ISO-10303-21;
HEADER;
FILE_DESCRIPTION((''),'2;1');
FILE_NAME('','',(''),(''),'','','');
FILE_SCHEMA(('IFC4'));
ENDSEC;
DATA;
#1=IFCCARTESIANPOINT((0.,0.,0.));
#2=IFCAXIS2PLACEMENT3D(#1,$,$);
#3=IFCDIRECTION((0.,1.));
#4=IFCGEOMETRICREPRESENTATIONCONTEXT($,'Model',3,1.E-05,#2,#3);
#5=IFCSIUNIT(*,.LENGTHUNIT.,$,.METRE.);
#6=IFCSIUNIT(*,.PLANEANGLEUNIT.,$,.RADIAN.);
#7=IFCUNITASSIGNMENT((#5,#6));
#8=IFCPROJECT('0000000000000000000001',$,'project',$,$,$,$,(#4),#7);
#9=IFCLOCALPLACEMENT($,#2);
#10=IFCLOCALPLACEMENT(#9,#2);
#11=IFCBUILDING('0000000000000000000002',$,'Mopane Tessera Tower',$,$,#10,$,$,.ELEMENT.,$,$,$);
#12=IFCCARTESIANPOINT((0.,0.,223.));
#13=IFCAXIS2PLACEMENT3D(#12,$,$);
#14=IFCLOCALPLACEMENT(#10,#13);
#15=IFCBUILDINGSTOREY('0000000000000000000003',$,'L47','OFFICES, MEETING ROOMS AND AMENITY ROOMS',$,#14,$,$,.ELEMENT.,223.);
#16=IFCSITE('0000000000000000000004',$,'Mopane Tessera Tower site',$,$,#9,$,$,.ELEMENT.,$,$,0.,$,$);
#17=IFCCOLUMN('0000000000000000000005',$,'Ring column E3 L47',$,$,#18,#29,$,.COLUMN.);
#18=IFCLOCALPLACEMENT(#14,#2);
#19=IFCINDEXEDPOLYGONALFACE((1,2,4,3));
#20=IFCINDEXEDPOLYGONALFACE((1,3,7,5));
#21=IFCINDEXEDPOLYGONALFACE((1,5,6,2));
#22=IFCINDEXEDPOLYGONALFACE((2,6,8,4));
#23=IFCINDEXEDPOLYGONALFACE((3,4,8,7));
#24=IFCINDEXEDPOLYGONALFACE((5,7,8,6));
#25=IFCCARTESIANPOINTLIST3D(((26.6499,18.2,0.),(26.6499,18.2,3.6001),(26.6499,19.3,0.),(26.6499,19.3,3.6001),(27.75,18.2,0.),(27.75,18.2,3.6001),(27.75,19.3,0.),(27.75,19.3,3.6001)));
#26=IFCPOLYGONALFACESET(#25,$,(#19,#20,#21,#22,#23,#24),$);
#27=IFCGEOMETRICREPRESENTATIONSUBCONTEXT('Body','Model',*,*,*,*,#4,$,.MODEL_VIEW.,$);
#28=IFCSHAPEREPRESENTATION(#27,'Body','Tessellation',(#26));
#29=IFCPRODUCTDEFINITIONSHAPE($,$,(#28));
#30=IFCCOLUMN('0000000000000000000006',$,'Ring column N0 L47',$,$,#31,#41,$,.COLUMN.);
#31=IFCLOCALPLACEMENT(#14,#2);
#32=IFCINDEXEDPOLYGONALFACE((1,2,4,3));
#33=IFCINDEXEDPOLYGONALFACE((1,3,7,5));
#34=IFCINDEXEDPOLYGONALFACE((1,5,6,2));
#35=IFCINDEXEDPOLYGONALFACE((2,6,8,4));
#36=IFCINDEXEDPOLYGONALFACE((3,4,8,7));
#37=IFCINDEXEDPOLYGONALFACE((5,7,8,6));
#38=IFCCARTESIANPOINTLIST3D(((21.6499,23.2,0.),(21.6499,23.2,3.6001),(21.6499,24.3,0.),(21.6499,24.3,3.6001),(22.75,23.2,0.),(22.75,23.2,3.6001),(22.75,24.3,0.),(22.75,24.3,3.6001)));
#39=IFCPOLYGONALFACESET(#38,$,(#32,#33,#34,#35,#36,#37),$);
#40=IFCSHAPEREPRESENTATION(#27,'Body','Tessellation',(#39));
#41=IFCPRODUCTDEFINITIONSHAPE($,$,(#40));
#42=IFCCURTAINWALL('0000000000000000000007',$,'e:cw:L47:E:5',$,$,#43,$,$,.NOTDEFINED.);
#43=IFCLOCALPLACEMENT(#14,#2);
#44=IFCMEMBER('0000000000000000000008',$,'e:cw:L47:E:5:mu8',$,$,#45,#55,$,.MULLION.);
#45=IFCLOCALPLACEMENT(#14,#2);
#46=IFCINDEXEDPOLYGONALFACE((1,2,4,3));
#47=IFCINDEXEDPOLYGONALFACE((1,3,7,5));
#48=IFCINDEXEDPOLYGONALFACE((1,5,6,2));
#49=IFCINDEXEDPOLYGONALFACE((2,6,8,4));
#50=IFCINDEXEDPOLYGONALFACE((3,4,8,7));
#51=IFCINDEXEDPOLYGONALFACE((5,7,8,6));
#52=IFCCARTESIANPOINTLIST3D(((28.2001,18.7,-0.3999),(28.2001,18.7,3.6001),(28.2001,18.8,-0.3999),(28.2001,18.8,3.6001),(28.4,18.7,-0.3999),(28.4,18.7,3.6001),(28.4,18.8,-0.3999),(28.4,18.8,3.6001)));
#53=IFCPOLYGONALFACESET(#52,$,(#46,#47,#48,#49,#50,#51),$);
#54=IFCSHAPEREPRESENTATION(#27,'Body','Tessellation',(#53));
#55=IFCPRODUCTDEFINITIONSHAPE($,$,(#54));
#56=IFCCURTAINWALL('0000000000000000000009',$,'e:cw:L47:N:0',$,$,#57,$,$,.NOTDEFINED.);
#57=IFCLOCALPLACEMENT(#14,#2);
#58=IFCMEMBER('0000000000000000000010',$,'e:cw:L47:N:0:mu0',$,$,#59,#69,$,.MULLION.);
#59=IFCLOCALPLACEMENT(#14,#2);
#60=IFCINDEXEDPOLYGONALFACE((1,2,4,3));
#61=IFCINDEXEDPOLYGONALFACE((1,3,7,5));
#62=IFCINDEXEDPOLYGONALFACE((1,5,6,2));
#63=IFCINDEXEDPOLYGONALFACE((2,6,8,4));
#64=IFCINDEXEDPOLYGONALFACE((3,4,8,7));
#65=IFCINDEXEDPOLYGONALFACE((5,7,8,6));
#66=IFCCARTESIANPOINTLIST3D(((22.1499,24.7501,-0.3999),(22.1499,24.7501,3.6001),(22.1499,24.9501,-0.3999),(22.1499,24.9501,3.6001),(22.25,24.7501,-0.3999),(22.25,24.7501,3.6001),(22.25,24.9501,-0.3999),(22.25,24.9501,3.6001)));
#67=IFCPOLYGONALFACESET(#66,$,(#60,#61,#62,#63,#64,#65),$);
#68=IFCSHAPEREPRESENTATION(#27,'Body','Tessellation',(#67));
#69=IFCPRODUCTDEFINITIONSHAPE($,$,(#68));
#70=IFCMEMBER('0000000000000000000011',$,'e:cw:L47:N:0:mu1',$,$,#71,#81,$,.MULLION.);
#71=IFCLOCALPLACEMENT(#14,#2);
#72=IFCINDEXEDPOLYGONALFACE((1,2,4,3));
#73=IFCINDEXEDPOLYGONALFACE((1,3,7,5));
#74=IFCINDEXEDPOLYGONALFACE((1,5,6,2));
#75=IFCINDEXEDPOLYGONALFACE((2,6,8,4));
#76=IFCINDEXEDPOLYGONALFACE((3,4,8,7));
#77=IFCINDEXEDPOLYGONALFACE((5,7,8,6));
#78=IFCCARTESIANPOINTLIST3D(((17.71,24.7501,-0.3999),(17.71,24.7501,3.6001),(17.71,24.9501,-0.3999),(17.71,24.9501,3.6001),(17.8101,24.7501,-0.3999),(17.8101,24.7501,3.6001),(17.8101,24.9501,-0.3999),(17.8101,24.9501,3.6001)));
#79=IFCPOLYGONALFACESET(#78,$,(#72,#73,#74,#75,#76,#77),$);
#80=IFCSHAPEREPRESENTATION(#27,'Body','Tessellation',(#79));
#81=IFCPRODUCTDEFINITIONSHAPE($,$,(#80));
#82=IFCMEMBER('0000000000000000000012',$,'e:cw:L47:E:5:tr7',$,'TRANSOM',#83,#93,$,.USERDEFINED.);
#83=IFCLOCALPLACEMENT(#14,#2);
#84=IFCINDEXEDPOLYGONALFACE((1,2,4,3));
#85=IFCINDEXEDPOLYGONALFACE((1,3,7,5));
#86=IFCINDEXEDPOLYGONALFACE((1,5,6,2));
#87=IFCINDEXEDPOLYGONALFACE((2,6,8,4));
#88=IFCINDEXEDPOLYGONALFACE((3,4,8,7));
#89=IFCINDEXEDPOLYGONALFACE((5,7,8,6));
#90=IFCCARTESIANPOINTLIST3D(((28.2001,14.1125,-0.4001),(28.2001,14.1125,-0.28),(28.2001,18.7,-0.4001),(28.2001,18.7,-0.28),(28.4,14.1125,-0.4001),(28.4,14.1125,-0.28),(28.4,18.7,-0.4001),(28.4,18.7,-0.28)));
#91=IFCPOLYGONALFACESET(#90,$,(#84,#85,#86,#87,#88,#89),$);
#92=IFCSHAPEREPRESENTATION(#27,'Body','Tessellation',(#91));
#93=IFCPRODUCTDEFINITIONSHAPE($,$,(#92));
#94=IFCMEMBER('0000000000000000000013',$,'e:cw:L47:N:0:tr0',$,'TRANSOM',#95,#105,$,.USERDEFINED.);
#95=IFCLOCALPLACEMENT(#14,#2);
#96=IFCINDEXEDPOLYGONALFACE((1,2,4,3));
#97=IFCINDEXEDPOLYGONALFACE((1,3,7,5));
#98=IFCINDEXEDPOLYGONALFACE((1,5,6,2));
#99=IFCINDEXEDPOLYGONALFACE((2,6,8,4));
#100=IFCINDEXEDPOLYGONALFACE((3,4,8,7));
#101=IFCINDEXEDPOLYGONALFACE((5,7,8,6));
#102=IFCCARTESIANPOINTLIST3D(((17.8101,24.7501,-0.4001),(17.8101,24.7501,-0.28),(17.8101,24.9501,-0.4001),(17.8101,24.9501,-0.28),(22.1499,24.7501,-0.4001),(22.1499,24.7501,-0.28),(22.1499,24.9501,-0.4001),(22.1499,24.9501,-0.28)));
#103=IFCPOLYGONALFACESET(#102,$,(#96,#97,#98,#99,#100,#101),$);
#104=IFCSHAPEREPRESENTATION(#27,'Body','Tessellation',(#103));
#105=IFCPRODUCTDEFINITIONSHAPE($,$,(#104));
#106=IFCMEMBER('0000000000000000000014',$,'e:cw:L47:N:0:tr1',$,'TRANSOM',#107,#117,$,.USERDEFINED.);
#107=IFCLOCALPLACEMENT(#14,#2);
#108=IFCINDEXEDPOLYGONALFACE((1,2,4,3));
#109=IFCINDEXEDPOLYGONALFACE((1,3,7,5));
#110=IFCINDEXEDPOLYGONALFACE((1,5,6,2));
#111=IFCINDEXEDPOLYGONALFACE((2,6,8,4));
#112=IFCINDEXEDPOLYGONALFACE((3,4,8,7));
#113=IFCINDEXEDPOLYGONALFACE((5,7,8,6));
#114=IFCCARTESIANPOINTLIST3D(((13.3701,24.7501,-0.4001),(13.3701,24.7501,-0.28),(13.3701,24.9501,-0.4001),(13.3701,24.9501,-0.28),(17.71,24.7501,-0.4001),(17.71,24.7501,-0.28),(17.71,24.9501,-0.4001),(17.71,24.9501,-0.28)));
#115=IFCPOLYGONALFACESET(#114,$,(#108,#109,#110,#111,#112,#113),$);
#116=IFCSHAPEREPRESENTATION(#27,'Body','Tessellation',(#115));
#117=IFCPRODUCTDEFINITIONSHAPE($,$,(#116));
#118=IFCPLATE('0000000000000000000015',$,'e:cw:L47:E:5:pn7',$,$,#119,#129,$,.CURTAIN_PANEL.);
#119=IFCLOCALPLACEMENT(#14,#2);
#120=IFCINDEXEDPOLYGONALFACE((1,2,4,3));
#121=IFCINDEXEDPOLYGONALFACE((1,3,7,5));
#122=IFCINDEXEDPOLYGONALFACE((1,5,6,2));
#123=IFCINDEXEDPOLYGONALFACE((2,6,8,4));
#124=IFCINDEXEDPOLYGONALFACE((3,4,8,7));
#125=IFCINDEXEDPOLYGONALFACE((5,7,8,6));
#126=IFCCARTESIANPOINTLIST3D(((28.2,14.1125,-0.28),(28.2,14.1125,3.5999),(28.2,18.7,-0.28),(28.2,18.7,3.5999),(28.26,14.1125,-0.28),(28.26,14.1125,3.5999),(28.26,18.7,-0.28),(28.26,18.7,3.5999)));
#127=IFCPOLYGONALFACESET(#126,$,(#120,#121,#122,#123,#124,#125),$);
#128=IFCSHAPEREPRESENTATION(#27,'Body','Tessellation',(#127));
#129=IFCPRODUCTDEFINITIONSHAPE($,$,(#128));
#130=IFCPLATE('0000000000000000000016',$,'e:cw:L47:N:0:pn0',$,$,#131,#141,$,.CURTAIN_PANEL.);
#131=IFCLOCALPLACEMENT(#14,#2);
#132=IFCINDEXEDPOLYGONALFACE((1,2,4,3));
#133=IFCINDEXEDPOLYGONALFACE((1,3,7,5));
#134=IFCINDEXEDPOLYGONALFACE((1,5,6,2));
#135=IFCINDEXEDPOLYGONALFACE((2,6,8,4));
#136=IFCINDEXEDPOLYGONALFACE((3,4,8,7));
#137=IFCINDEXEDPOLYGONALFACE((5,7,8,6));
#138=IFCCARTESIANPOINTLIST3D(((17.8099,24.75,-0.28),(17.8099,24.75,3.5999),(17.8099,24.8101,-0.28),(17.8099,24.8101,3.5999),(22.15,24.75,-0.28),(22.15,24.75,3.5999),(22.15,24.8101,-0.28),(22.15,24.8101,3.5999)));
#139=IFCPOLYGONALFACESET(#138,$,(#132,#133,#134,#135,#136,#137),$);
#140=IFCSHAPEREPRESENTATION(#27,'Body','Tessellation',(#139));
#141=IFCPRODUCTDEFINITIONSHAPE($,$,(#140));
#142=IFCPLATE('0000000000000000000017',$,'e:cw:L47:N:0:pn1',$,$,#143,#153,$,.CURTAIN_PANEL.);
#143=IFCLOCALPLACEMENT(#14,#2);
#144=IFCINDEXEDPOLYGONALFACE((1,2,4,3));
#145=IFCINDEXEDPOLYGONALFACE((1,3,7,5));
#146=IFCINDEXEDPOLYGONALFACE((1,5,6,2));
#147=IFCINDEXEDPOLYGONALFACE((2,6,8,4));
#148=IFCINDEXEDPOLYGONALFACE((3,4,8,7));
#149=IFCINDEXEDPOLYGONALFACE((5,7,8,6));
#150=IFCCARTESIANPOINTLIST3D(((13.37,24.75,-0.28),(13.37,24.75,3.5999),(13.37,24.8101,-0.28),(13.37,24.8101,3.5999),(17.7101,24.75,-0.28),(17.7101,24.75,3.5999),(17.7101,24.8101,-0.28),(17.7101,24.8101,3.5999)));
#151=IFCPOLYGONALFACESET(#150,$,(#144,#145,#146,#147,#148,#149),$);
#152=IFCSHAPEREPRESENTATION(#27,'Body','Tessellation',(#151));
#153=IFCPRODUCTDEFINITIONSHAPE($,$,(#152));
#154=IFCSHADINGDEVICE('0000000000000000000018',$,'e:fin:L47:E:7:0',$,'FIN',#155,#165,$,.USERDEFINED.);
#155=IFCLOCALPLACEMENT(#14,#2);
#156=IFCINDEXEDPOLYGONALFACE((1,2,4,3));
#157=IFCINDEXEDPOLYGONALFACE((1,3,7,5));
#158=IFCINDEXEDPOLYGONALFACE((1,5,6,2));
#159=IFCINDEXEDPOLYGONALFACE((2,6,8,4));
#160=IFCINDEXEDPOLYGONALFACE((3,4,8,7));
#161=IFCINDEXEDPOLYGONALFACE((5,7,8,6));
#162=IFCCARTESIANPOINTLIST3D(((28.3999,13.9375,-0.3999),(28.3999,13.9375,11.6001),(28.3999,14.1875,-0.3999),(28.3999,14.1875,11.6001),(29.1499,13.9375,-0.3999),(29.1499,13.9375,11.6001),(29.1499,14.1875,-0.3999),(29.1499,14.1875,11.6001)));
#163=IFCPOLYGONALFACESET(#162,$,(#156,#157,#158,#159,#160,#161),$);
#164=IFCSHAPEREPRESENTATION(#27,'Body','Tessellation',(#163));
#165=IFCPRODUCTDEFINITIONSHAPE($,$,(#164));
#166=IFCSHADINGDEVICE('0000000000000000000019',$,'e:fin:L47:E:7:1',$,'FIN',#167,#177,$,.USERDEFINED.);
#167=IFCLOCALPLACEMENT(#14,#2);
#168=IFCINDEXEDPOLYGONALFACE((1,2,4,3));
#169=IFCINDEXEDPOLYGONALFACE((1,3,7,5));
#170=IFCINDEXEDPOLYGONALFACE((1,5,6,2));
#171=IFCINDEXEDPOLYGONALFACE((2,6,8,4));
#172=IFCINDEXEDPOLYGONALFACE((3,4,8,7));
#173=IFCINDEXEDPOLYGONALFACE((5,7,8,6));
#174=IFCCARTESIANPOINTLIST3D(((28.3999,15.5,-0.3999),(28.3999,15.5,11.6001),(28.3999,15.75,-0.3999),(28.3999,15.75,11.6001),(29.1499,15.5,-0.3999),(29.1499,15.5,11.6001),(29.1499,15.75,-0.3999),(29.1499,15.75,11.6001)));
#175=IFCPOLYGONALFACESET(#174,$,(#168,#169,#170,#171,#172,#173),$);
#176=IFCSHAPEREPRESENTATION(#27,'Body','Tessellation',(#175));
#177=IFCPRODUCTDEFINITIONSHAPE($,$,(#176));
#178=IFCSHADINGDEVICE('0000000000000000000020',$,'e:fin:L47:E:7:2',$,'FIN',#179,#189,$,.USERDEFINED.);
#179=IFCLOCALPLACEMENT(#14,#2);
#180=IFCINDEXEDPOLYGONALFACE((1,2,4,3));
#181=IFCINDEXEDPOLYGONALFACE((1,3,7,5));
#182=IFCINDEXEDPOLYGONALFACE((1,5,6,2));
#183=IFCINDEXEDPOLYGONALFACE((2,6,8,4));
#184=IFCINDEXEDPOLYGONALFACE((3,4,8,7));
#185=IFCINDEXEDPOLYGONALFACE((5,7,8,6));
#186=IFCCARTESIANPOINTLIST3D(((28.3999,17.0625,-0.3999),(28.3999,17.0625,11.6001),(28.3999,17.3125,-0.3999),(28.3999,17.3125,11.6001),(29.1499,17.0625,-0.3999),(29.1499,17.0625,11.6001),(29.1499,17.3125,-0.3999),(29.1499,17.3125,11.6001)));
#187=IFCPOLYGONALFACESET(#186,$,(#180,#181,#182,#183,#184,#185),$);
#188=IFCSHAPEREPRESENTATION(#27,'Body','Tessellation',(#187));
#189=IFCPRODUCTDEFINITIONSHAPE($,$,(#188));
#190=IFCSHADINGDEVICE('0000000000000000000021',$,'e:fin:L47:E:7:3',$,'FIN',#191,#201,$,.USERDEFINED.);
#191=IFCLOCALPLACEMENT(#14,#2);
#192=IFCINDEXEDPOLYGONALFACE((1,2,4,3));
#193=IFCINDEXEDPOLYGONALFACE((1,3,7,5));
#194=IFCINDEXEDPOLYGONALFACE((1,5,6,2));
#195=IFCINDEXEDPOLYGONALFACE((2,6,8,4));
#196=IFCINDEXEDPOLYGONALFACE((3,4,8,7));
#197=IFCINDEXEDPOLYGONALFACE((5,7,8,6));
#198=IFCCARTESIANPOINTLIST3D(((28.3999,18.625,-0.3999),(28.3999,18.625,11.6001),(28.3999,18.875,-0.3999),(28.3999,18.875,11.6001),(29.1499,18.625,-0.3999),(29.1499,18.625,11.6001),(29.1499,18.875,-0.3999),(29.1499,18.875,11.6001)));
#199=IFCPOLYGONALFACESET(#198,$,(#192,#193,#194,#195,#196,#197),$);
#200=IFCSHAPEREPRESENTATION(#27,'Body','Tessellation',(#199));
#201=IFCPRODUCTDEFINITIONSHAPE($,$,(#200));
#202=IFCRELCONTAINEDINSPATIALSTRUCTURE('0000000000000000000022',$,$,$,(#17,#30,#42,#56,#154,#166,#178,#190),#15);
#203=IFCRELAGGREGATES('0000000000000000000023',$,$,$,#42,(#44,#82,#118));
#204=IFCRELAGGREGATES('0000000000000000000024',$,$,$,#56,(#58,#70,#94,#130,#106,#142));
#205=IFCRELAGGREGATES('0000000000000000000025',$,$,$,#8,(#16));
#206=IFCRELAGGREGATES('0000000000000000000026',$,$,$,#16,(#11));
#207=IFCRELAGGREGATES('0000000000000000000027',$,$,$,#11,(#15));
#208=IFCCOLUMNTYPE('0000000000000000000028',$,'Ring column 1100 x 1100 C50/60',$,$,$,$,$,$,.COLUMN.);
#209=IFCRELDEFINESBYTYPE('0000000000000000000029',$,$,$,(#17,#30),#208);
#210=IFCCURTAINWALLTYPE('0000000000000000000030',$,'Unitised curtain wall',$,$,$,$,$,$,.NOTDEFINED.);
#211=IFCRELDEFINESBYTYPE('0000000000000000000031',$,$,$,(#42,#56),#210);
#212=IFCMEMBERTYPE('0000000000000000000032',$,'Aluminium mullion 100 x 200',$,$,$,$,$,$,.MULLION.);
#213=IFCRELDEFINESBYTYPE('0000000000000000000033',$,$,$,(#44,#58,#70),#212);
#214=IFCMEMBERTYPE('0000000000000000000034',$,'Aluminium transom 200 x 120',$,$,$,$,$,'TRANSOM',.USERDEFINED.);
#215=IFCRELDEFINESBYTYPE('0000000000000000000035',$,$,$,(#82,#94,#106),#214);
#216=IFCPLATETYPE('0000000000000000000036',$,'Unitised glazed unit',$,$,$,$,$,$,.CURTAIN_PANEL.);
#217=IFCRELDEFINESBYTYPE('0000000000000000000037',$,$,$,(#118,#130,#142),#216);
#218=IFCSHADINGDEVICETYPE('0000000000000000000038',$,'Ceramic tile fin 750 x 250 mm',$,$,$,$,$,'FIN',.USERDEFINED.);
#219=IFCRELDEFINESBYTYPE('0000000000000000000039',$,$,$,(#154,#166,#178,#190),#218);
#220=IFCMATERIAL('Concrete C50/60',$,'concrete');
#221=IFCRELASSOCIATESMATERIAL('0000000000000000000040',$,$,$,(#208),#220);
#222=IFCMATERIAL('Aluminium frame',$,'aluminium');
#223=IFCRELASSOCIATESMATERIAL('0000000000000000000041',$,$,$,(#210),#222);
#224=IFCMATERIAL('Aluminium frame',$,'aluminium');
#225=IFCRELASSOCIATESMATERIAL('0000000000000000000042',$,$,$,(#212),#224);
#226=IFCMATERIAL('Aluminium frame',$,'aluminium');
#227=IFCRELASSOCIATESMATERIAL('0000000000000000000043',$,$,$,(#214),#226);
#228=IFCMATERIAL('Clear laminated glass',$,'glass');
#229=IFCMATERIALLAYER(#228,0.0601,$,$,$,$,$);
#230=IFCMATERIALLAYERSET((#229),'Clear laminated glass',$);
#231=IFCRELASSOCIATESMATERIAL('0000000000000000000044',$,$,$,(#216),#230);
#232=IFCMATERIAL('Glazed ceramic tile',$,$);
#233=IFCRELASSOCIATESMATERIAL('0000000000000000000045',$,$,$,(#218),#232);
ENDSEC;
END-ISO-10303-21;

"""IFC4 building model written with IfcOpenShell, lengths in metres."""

from ifc_helpers import new_model, si_unit, direction, frame, origin, origin_2d, place, context, subcontext, project, spatial, rectangle, extrude, material, layer, layer_set, material_profile, profile_set, type_object, element, aggregate, save


model = new_model("IFC4")

# Units and contexts
model_context = context("Model", 3, precision=1e-05, world=origin(), true_north=direction((0.0, 1.0)))
body_context = subcontext(model_context, "Body", "Model", "MODEL_VIEW")
ifc_project = project(units=[si_unit("LENGTHUNIT", "METRE"), si_unit("PLANEANGLEUNIT", "RADIAN")], contexts=[model_context])

# Site, building, storey
site_placement = place(None, origin())
site = spatial("IfcSite", under=ifc_project, at=site_placement, Name="Mopane Tessera Tower site", CompositionType="ELEMENT", RefElevation=0.0)
building_placement = place(site_placement, origin())
building = spatial("IfcBuilding", under=site, at=building_placement, Name="Mopane Tessera Tower", CompositionType="ELEMENT")
storey_placement = place(building_placement, frame((0.0, 0.0, 223.0)))
storey = spatial("IfcBuildingStorey", under=building, at=storey_placement, Name="L47", Description="OFFICES, MEETING ROOMS AND AMENITY ROOMS", CompositionType="ELEMENT", Elevation=223.0)

# Columns
ifc_material_1 = material(Name="Concrete C50/60", Category="concrete")
ifc_material_profile_1 = material_profile(ifc_material_1, rectangle(XDim=1.1001, YDim=1.1001, at=origin_2d()))
ifc_profile_set_1 = profile_set([ifc_material_profile_1], Name="Concrete C50/60")
column_type = type_object("IfcColumnType", Name="Ring column 1100 x 1100 C50/60", PredefinedType="COLUMN", material=ifc_profile_set_1)
for number, where, z_axis, x_axis, name in (
    (1, (27.2, 18.75, 0.0), (0.0, 0.0, 1.0), (1.0, 0.0, 0.0), "Ring column E3 L47"),
    (2, (22.2, 23.75, 0.0), (0.0, 0.0, 1.0), (1.0, 0.0, 0.0), "Ring column N0 L47"),
):
    element("IfcColumn", number, at=place(storey_placement, frame(where, z_axis=z_axis, x_axis=x_axis)), inside=storey, type_object=column_type, Name=name, PredefinedType="COLUMN", context=body_context, shape_type="SweptSolid", body=[
        extrude(rectangle(XDim=1.1001, YDim=1.1001, at=origin_2d()), origin(), (0.0, 0.0, 1.0), 3.6001),
    ])

# Curtain wall, member
ifc_material_2 = material(Name="Aluminium frame", Category="aluminium")
curtain_wall_type = type_object("IfcCurtainWallType", Name="Unitised curtain wall", PredefinedType="NOTDEFINED", material=ifc_material_2)
curtain_wall_1_placement = place(storey_placement, origin())
curtain_wall_1 = element("IfcCurtainWall", 3, at=curtain_wall_1_placement, inside=storey, type_object=curtain_wall_type, Name="e:cw:L47:E:5", PredefinedType="NOTDEFINED")
ifc_material_3 = material(Name="Aluminium frame", Category="aluminium")
ifc_material_profile_2 = material_profile(ifc_material_3, rectangle(XDim=0.1001, YDim=0.2, at=origin_2d()))
ifc_profile_set_2 = profile_set([ifc_material_profile_2], Name="Aluminium frame")
member_type_1 = type_object("IfcMemberType", Name="Aluminium mullion 100 x 200", PredefinedType="MULLION", material=ifc_profile_set_2)
member_1_placement = place(storey_placement, frame((28.3, 18.75, -0.3999), z_axis=(0.0, 0.0, 1.0), x_axis=(0.0, 1.0, 0.0)))
member_1 = element("IfcMember", 4, at=member_1_placement, type_object=member_type_1, Name="e:cw:L47:E:5:mu8", PredefinedType="MULLION", context=body_context, shape_type="SweptSolid", body=[
    extrude(rectangle(XDim=0.1001, YDim=0.2, at=origin_2d()), origin(), (0.0, 0.0, 1.0), 4.0),
])

# Curtain wall, members
curtain_wall_2_placement = place(storey_placement, origin())
curtain_wall_2 = element("IfcCurtainWall", 5, at=curtain_wall_2_placement, inside=storey, type_object=curtain_wall_type, Name="e:cw:L47:N:0", PredefinedType="NOTDEFINED")
member_2_placement = place(storey_placement, frame((22.2, 24.8501, -0.3999), z_axis=(0.0, 0.0, 1.0), x_axis=(-1.0, 0.0, 0.0)))
member_2 = element("IfcMember", 6, at=member_2_placement, type_object=member_type_1, Name="e:cw:L47:N:0:mu0", PredefinedType="MULLION", context=body_context, shape_type="SweptSolid", body=[
    extrude(rectangle(XDim=0.1001, YDim=0.2, at=origin_2d()), origin(), (0.0, 0.0, 1.0), 4.0),
])
member_3_placement = place(storey_placement, frame((17.76, 24.8501, -0.3999), z_axis=(0.0, 0.0, 1.0), x_axis=(-1.0, 0.0, 0.0)))
member_3 = element("IfcMember", 7, at=member_3_placement, type_object=member_type_1, Name="e:cw:L47:N:0:mu1", PredefinedType="MULLION", context=body_context, shape_type="SweptSolid", body=[
    extrude(rectangle(XDim=0.1001, YDim=0.2, at=origin_2d()), origin(), (0.0, 0.0, 1.0), 4.0),
])

# Members
ifc_material_4 = material(Name="Aluminium frame", Category="aluminium")
ifc_material_profile_3 = material_profile(ifc_material_4, rectangle(XDim=0.2, YDim=0.1201, at=origin_2d()))
ifc_profile_set_3 = profile_set([ifc_material_profile_3], Name="Aluminium frame")
member_type_2 = type_object("IfcMemberType", Name="Aluminium transom 200 x 120", ElementType="TRANSOM", PredefinedType="USERDEFINED", material=ifc_profile_set_3)
member_4_placement = place(storey_placement, frame((28.3, 14.1125, -0.3401), z_axis=(0.0, 1.0, 0.0), x_axis=(-1.0, 0.0, 0.0)))
member_4 = element("IfcMember", 8, at=member_4_placement, type_object=member_type_2, Name="e:cw:L47:E:5:tr7", ObjectType="TRANSOM", PredefinedType="USERDEFINED", context=body_context, shape_type="SweptSolid", body=[
    extrude(rectangle(XDim=0.2, YDim=0.1201, at=origin_2d()), origin(), (0.0, 0.0, 1.0), 4.5874),
])
member_5_placement = place(storey_placement, frame((22.1499, 24.8501, -0.3401), z_axis=(-1.0, 0.0, 0.0), x_axis=(0.0, -1.0, 0.0)))
member_5 = element("IfcMember", 9, at=member_5_placement, type_object=member_type_2, Name="e:cw:L47:N:0:tr0", ObjectType="TRANSOM", PredefinedType="USERDEFINED", context=body_context, shape_type="SweptSolid", body=[
    extrude(rectangle(XDim=0.2, YDim=0.1201, at=origin_2d()), origin(), (0.0, 0.0, 1.0), 4.3398),
])
member_6_placement = place(storey_placement, frame((17.71, 24.8501, -0.3401), z_axis=(-1.0, 0.0, 0.0), x_axis=(0.0, -1.0, 0.0)))
member_6 = element("IfcMember", 10, at=member_6_placement, type_object=member_type_2, Name="e:cw:L47:N:0:tr1", ObjectType="TRANSOM", PredefinedType="USERDEFINED", context=body_context, shape_type="SweptSolid", body=[
    extrude(rectangle(XDim=0.2, YDim=0.1201, at=origin_2d()), origin(), (0.0, 0.0, 1.0), 4.3398),
])

# Plates
ifc_material_5 = material(Name="Clear laminated glass", Category="glass")
ifc_layer = layer(ifc_material_5, 0.0601)
ifc_layer_set = layer_set([ifc_layer], Name="Clear laminated glass")
plate_type = type_object("IfcPlateType", Name="Unitised glazed unit", PredefinedType="CURTAIN_PANEL", material=ifc_layer_set)
plate_1_placement = place(storey_placement, frame((28.23, 16.4062, -0.28), z_axis=(0.0, 0.0, 1.0), x_axis=(0.0, 1.0, 0.0)))
plate_1 = element("IfcPlate", 11, at=plate_1_placement, type_object=plate_type, Name="e:cw:L47:E:5:pn7", PredefinedType="CURTAIN_PANEL", context=body_context, shape_type="SweptSolid", body=[
    extrude(rectangle(XDim=4.5874, YDim=0.0601, at=origin_2d()), origin(), (0.0, 0.0, 1.0), 3.8799),
])
aggregate(curtain_wall_1, [member_1, member_4, plate_1])
plate_2_placement = place(storey_placement, frame((19.98, 24.78, -0.28), z_axis=(0.0, 0.0, 1.0), x_axis=(-1.0, 0.0, 0.0)))
plate_2 = element("IfcPlate", 12, at=plate_2_placement, type_object=plate_type, Name="e:cw:L47:N:0:pn0", PredefinedType="CURTAIN_PANEL", context=body_context, shape_type="SweptSolid", body=[
    extrude(rectangle(XDim=4.3401, YDim=0.0601, at=origin_2d()), origin(), (0.0, 0.0, 1.0), 3.8799),
])
plate_3_placement = place(storey_placement, frame((15.54, 24.78, -0.28), z_axis=(0.0, 0.0, 1.0), x_axis=(-1.0, 0.0, 0.0)))
plate_3 = element("IfcPlate", 13, at=plate_3_placement, type_object=plate_type, Name="e:cw:L47:N:0:pn1", PredefinedType="CURTAIN_PANEL", context=body_context, shape_type="SweptSolid", body=[
    extrude(rectangle(XDim=4.3401, YDim=0.0601, at=origin_2d()), origin(), (0.0, 0.0, 1.0), 3.8799),
])
aggregate(curtain_wall_2, [member_2, member_3, member_5, plate_2, member_6, plate_3])

# Shading devices
ifc_material_6 = material(Name="Glazed ceramic tile")
shading_device_type = type_object("IfcShadingDeviceType", Name="Ceramic tile fin 750 x 250 mm", ElementType="FIN", PredefinedType="USERDEFINED", material=ifc_material_6)
for number, where, z_axis, x_axis, name in (
    (14, (28.7749, 14.0625, -0.3999), (0.0, 0.0, 1.0), (0.0, 1.0, 0.0), "e:fin:L47:E:7:0"),
    (15, (28.7749, 15.625, -0.3999), (0.0, 0.0, 1.0), (0.0, 1.0, 0.0), "e:fin:L47:E:7:1"),
    (16, (28.7749, 17.1875, -0.3999), (0.0, 0.0, 1.0), (0.0, 1.0, 0.0), "e:fin:L47:E:7:2"),
    (17, (28.7749, 18.75, -0.3999), (0.0, 0.0, 1.0), (0.0, 1.0, 0.0), "e:fin:L47:E:7:3"),
):
    element("IfcShadingDevice", number, at=place(storey_placement, frame(where, z_axis=z_axis, x_axis=x_axis)), inside=storey, type_object=shading_device_type, Name=name, ObjectType="FIN", PredefinedType="USERDEFINED", context=body_context, shape_type="SweptSolid", body=[
        extrude(rectangle(XDim=0.25, YDim=0.75, at=origin_2d()), origin(), (0.0, 0.0, 1.0), 12.0),
    ])

save(model, "model.ifc")
